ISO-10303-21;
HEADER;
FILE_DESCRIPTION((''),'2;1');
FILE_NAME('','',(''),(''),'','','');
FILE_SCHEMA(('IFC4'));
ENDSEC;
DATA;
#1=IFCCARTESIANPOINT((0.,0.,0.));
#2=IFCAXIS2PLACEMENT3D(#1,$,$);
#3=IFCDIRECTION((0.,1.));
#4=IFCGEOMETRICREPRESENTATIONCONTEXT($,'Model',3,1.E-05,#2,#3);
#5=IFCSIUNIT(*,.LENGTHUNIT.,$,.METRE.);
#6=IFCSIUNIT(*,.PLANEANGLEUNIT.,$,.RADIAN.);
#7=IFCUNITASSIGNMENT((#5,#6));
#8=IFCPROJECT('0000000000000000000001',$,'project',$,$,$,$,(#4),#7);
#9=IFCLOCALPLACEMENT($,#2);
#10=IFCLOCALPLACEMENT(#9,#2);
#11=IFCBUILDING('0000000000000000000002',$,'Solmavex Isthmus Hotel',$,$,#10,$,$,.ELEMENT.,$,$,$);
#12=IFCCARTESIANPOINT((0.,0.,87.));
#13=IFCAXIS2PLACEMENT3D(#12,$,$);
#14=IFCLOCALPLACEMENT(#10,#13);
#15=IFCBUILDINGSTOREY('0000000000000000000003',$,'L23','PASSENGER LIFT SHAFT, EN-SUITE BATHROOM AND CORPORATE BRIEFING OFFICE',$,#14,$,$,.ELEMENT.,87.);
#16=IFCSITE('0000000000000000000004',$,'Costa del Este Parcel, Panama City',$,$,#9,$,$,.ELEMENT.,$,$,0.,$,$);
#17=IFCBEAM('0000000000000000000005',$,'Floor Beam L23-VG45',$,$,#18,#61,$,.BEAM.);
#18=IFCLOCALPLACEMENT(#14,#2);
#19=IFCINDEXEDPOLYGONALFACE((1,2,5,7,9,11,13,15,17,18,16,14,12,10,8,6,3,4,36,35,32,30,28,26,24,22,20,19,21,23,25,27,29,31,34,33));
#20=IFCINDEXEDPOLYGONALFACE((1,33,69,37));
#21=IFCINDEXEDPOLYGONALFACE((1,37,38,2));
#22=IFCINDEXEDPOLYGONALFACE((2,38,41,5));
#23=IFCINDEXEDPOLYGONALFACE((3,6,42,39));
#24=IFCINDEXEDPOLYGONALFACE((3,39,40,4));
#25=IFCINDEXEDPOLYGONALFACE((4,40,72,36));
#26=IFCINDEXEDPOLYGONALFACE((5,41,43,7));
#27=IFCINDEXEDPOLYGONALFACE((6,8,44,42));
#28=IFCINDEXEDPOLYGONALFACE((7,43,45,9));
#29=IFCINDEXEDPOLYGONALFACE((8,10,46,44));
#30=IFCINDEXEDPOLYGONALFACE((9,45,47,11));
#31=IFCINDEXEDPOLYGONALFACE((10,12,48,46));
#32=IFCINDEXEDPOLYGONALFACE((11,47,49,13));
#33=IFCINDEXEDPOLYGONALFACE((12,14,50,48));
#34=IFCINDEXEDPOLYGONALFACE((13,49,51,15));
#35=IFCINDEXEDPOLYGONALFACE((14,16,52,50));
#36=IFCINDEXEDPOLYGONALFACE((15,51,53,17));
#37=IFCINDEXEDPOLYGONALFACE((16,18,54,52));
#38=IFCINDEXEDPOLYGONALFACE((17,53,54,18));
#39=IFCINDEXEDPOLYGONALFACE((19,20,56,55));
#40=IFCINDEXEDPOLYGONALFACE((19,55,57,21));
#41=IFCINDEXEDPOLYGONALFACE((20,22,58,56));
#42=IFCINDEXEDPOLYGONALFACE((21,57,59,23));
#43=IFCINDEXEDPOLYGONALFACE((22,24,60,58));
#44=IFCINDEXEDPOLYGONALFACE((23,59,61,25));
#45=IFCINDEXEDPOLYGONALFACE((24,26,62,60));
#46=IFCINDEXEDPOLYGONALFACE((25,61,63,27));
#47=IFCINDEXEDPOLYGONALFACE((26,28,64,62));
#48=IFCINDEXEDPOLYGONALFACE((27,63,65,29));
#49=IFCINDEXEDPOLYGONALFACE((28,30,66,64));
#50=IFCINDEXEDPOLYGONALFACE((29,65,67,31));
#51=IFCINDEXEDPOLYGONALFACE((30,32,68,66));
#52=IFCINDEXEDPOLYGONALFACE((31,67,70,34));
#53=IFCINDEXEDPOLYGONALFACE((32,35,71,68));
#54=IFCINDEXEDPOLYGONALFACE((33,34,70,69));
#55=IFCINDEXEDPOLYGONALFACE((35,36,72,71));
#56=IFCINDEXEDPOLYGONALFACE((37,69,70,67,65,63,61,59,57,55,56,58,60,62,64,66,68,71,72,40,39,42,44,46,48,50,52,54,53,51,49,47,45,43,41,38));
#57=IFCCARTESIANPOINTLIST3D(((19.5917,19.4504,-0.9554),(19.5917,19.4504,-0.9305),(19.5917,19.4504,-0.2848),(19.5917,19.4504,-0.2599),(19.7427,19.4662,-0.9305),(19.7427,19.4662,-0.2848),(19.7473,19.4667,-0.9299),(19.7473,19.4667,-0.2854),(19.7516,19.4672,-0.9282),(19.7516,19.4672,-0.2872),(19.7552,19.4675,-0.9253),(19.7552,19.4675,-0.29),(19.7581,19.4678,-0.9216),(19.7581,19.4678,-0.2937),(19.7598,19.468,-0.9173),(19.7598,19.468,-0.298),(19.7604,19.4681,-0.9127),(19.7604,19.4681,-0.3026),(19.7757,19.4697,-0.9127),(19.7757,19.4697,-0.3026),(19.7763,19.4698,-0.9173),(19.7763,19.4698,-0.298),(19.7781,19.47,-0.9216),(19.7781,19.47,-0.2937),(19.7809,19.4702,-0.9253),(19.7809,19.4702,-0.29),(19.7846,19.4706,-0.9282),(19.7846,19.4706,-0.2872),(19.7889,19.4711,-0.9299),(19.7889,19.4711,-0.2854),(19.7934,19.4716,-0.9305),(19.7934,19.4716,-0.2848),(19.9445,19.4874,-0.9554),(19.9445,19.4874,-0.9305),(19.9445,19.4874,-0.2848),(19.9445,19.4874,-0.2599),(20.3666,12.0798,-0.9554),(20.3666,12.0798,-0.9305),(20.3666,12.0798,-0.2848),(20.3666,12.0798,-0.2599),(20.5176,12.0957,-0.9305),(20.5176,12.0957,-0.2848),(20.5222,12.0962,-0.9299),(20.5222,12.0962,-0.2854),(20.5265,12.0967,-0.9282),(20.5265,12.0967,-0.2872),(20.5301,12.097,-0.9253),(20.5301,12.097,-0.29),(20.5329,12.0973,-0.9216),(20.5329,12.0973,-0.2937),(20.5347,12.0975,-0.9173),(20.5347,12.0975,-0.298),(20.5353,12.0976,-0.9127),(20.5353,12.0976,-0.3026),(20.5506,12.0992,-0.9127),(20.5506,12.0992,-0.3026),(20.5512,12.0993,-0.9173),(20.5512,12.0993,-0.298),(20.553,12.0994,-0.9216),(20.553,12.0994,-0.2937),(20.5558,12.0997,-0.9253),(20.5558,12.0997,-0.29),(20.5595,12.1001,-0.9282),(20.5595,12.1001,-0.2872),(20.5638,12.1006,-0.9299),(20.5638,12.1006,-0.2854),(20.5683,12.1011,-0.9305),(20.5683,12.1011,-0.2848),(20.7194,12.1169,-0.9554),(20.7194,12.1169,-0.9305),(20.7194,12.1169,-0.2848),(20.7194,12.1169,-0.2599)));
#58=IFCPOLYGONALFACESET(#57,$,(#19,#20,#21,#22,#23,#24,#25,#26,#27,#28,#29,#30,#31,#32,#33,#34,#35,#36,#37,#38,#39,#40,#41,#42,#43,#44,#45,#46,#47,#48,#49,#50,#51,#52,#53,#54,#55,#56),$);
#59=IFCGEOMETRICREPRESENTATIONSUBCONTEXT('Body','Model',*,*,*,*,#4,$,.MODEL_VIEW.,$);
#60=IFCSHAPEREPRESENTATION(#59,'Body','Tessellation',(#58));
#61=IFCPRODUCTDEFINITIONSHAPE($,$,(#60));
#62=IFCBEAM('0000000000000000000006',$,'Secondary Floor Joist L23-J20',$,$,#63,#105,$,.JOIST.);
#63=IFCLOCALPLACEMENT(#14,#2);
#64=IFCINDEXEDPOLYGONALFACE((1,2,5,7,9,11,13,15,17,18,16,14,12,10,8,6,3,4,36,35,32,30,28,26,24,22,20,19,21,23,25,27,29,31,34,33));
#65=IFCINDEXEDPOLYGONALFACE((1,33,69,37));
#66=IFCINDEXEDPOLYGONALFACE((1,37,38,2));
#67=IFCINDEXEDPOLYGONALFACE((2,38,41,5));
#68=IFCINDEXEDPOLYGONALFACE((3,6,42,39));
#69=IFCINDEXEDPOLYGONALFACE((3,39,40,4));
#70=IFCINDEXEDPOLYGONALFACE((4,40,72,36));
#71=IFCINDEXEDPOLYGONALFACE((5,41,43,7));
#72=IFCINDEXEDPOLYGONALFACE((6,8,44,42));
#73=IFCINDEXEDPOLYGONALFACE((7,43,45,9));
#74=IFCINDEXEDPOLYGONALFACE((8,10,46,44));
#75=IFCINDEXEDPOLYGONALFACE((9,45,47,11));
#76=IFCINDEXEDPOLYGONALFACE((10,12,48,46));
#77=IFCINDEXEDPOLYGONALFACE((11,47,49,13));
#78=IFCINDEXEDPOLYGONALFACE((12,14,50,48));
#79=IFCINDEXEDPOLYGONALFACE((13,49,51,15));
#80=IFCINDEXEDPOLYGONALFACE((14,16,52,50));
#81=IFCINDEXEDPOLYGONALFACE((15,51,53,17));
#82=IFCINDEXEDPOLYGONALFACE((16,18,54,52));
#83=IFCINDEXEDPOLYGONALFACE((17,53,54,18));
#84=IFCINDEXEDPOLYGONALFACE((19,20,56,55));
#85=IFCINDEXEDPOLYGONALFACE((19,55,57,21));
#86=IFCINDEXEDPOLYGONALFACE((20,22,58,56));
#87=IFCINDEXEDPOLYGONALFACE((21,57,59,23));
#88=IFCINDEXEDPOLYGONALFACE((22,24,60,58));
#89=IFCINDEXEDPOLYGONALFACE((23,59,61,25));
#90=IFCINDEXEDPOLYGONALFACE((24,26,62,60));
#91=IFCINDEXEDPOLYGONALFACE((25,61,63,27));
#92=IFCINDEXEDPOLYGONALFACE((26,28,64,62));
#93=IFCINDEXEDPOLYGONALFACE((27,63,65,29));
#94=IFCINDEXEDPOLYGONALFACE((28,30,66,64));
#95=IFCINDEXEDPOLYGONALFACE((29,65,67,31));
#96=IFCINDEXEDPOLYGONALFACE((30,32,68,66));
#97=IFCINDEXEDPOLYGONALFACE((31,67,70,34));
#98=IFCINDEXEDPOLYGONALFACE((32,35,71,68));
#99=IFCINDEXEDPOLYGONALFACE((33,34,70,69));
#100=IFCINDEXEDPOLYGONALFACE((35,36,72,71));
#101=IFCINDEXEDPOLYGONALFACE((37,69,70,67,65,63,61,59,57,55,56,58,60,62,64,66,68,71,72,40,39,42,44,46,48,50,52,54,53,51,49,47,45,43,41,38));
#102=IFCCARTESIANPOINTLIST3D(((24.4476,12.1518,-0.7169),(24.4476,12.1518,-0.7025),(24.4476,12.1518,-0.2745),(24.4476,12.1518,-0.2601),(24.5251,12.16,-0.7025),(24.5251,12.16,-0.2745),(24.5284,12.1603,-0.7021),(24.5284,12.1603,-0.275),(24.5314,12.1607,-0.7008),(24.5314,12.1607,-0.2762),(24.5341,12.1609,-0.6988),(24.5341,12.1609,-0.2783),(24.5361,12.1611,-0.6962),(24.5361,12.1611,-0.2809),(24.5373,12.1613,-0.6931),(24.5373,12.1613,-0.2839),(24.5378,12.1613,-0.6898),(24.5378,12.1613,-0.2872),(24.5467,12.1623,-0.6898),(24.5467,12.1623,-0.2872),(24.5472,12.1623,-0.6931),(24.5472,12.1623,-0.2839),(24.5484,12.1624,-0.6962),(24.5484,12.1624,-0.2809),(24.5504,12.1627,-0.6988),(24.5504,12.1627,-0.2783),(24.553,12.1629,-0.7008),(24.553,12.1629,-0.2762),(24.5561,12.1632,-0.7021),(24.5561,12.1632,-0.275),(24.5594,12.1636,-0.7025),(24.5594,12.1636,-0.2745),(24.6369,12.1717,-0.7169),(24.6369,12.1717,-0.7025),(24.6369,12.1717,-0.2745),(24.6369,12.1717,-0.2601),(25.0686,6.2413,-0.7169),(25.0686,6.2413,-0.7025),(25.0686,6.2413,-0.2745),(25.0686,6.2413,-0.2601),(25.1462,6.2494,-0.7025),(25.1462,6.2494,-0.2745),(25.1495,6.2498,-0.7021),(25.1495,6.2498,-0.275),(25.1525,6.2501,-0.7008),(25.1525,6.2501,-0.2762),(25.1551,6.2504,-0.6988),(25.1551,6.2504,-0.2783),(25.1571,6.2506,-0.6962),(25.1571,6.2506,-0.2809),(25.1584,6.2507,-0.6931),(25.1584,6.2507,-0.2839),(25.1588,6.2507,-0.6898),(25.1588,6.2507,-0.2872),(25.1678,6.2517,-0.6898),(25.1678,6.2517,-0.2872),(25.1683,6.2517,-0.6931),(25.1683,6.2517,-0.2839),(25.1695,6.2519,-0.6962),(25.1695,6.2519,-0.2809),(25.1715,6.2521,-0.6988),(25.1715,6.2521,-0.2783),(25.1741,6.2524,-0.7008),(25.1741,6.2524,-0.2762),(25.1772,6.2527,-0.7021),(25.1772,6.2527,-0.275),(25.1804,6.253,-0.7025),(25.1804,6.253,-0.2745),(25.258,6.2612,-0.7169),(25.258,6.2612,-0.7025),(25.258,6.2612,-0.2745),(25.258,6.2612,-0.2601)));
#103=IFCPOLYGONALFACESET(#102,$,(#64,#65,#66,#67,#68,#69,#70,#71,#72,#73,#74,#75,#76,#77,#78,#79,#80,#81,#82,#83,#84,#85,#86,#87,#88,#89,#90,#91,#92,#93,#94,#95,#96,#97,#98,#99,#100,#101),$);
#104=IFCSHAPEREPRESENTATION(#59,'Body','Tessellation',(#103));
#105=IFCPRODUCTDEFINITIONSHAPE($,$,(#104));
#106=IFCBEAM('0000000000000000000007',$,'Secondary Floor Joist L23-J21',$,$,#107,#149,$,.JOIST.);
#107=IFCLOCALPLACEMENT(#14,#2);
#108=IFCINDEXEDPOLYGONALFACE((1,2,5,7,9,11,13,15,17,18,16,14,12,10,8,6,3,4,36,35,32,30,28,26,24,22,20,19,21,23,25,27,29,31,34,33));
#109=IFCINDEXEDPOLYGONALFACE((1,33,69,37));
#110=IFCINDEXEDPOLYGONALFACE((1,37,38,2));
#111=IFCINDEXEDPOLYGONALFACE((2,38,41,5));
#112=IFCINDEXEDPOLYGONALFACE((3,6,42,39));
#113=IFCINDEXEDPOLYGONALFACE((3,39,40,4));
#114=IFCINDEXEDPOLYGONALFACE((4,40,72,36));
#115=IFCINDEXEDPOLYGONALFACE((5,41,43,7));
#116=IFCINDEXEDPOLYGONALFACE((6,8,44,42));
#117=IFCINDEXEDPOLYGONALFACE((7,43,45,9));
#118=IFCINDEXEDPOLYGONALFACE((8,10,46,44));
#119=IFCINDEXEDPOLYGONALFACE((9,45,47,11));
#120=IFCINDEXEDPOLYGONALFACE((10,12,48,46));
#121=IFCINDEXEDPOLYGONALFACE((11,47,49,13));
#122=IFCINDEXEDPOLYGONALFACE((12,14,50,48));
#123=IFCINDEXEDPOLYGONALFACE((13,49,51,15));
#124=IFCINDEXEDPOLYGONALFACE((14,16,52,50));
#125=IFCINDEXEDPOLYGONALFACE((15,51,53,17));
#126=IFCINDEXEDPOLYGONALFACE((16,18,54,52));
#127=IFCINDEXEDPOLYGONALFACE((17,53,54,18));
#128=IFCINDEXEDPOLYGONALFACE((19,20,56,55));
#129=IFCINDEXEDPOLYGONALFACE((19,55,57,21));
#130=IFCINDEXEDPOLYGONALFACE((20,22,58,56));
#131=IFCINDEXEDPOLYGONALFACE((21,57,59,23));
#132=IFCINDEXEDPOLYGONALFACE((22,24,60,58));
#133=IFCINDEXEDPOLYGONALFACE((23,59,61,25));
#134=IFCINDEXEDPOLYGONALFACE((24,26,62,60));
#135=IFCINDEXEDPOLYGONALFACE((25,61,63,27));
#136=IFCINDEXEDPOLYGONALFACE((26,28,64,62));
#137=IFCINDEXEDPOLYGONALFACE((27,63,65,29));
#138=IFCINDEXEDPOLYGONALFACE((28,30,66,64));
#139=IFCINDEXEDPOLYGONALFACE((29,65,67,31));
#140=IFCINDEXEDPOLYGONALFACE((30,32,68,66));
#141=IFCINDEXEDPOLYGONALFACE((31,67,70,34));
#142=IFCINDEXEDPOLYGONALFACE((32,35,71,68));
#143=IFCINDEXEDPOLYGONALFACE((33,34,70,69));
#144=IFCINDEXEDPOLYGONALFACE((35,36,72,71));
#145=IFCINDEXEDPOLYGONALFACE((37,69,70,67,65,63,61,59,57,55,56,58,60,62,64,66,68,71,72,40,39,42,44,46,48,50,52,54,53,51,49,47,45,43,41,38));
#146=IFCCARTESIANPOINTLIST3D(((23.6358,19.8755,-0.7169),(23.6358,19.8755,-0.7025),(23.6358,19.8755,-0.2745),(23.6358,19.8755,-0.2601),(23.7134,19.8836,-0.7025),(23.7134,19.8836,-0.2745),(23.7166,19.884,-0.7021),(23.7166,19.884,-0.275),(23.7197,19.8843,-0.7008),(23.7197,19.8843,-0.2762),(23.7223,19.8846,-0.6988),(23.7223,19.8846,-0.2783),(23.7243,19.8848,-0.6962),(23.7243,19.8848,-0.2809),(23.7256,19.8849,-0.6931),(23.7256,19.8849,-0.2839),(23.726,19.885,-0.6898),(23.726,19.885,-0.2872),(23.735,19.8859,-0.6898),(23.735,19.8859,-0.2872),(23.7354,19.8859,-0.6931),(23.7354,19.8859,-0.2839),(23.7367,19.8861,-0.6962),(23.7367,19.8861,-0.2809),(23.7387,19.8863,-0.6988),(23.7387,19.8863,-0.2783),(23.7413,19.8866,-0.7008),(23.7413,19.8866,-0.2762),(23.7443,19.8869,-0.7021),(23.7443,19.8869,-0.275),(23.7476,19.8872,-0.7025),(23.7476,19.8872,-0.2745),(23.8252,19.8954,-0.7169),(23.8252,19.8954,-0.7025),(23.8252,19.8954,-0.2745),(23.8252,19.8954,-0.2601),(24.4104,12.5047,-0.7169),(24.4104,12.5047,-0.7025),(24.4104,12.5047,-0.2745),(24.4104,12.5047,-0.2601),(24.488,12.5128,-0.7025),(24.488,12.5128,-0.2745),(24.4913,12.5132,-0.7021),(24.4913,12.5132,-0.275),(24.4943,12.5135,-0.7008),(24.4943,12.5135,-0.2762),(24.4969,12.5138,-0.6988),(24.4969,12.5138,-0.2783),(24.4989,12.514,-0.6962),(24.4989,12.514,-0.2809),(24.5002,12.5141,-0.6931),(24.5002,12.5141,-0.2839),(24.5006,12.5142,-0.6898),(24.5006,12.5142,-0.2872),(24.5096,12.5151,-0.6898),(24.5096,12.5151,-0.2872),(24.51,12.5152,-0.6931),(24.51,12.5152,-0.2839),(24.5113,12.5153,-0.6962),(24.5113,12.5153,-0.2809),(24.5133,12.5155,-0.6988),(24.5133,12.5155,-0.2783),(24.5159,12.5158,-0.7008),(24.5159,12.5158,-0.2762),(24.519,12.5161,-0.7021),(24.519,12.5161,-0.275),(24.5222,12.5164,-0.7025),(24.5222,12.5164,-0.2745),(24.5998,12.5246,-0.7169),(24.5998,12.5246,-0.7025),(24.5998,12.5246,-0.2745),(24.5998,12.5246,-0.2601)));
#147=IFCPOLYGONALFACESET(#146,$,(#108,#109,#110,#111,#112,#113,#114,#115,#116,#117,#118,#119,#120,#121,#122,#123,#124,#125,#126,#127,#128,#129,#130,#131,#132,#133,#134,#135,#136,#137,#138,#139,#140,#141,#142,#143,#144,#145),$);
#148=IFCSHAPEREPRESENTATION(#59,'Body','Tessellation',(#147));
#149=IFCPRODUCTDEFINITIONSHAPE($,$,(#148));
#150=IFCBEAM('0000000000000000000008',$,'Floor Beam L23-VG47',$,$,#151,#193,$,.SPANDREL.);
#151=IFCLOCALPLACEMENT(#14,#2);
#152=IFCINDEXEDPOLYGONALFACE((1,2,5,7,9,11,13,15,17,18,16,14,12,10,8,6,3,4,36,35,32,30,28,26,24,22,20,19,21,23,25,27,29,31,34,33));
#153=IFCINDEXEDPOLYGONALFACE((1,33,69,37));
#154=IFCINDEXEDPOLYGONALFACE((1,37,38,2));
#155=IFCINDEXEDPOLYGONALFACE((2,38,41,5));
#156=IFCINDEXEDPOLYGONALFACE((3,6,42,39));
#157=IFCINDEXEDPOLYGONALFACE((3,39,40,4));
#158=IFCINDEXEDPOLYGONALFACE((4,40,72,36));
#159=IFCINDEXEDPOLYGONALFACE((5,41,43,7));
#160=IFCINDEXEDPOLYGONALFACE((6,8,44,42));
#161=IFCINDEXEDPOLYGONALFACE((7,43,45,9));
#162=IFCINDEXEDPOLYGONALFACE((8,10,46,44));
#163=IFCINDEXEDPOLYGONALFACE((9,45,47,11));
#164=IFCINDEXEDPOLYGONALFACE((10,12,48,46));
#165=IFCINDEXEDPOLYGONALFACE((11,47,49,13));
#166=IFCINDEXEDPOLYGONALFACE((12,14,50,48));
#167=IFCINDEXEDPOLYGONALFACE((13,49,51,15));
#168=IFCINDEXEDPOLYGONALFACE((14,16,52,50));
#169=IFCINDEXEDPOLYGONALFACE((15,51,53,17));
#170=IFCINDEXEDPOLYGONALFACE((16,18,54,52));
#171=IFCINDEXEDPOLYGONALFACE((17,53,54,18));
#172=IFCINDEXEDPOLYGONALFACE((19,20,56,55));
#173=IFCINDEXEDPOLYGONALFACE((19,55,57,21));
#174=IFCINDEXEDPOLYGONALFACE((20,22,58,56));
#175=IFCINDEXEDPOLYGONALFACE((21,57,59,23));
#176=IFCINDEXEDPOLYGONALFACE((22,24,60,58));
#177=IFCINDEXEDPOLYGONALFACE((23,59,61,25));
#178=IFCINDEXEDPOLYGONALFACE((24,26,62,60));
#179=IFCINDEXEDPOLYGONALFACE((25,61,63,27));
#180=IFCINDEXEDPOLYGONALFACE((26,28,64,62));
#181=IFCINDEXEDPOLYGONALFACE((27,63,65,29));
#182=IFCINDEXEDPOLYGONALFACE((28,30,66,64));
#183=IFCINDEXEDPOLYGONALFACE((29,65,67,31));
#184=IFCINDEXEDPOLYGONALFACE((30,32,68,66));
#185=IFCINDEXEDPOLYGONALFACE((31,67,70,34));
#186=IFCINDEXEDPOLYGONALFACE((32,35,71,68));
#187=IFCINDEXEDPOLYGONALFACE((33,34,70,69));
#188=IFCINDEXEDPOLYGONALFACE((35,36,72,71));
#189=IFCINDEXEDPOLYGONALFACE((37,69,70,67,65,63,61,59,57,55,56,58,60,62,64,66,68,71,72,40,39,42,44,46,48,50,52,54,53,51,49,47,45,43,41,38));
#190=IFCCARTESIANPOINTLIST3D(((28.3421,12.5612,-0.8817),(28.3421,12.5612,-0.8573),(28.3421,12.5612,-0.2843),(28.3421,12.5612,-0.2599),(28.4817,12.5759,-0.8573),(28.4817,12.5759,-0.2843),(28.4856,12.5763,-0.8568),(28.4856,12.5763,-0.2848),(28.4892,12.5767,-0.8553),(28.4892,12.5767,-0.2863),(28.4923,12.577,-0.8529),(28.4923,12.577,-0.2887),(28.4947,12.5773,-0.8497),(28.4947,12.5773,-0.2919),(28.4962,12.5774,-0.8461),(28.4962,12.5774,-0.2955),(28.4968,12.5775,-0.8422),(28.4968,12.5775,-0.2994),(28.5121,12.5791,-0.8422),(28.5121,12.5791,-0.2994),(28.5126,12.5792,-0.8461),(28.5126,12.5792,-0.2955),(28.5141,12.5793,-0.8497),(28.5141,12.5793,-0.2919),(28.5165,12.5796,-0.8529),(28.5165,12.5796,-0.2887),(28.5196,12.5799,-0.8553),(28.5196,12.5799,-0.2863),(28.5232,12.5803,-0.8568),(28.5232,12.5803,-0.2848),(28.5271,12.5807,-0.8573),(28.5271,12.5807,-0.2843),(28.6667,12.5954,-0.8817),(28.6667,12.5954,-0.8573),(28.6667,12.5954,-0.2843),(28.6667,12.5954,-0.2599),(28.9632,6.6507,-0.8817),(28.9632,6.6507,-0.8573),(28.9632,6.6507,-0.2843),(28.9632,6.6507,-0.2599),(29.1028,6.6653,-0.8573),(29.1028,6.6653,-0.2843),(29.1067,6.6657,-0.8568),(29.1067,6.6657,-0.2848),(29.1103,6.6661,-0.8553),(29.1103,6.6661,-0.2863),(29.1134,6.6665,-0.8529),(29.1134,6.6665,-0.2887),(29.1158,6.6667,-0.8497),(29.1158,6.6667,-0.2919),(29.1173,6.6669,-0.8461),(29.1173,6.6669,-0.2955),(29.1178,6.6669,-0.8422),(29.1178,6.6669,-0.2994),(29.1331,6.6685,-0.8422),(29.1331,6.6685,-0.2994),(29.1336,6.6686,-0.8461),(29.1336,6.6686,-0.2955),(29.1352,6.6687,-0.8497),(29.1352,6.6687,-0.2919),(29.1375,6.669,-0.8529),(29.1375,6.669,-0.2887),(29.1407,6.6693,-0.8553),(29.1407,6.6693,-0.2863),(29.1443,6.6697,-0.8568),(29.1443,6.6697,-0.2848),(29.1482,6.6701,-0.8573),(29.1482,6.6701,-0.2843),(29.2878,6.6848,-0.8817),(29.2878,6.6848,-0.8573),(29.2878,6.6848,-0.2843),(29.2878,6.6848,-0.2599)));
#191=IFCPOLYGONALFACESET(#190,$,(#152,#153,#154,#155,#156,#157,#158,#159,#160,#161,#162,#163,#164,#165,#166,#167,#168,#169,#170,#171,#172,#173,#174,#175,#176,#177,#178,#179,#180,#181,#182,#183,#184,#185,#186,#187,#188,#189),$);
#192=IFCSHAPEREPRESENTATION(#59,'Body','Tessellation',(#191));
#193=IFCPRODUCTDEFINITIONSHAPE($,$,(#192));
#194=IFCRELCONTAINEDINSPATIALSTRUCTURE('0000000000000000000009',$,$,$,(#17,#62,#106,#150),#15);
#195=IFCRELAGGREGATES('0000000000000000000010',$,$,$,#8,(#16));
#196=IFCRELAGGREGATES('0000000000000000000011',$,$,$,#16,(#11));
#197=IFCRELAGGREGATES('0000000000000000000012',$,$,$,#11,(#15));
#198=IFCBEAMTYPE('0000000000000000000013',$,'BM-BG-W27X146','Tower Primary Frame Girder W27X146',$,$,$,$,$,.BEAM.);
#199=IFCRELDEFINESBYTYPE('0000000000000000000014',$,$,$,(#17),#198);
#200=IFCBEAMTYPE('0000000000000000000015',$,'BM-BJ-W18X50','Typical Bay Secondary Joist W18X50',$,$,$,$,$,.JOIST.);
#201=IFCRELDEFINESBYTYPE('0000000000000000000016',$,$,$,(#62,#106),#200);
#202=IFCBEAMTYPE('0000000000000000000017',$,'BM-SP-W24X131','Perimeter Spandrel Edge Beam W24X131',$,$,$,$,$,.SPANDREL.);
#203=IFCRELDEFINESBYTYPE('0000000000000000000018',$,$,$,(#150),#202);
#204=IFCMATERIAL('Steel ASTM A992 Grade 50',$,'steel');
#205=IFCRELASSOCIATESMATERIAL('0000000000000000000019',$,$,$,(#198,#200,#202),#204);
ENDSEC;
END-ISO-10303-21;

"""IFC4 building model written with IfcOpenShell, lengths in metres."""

from ifc_helpers import new_model, si_unit, direction, frame, origin, origin_2d, place, context, subcontext, project, spatial, i_section, extrude, material, material_profile, profile_set, type_object, element, save


model = new_model("IFC4")

# Units and contexts
model_context = context("Model", 3, precision=1e-05, world=origin(), true_north=direction((0.0, 1.0)))
body_context = subcontext(model_context, "Body", "Model", "MODEL_VIEW")
ifc_project = project(units=[si_unit("LENGTHUNIT", "METRE"), si_unit("PLANEANGLEUNIT", "RADIAN")], contexts=[model_context])

# Site, building, storey
site_placement = place(None, origin())
site = spatial("IfcSite", under=ifc_project, at=site_placement, Name="Costa del Este Parcel, Panama City", CompositionType="ELEMENT", RefElevation=0.0)
building_placement = place(site_placement, origin())
building = spatial("IfcBuilding", under=site, at=building_placement, Name="Solmavex Isthmus Hotel", CompositionType="ELEMENT")
storey_placement = place(building_placement, frame((0.0, 0.0, 87.0)))
storey = spatial("IfcBuildingStorey", under=building, at=storey_placement, Name="L23", Description="PASSENGER LIFT SHAFT, EN-SUITE BATHROOM AND CORPORATE BRIEFING OFFICE", CompositionType="ELEMENT", Elevation=87.0)

# Beams
ifc_material_1 = material(Name="Steel ASTM A992 Grade 50", Category="steel")
ifc_material_profile_1 = material_profile(ifc_material_1, i_section(OverallWidth=0.3547, OverallDepth=0.6956, WebThickness=0.0154, FlangeThickness=0.0249, FilletRadius=0.0178, at=origin_2d()), Name="W27X146")
ifc_profile_set_1 = profile_set([ifc_material_profile_1], Name="Steel ASTM A992 Grade 50")
beam_type_1 = type_object("IfcBeamType", Name="BM-BG-W27X146", Description="Tower Primary Frame Girder W27X146", PredefinedType="BEAM", material=ifc_profile_set_1)
beam_1_placement = place(storey_placement, frame((20.543, 12.0984, -0.6077), z_axis=(-0.104558, 0.994519, 0.0), x_axis=(-0.994519, -0.104558, 0.0)))
element("IfcBeam", 1, at=beam_1_placement, inside=storey, type_object=beam_type_1, Name="Floor Beam L23-VG45", PredefinedType="BEAM", context=body_context, shape_type="SweptSolid", body=[
    extrude(i_section(OverallWidth=0.3547, OverallDepth=0.6956, WebThickness=0.0154, FlangeThickness=0.0249, FilletRadius=0.0178, at=origin_2d()), origin(), (0.0, 0.0, 1.0), 7.4111),
])
ifc_material_profile_2 = material_profile(ifc_material_1, i_section(OverallWidth=0.1904, OverallDepth=0.4568, WebThickness=0.009, FlangeThickness=0.0144, FilletRadius=0.0127, at=origin_2d()), Name="W18X50")
ifc_profile_set_2 = profile_set([ifc_material_profile_2], Name="Steel ASTM A992 Grade 50")
beam_type_2 = type_object("IfcBeamType", Name="BM-BJ-W18X50", Description="Typical Bay Secondary Joist W18X50", PredefinedType="JOIST", material=ifc_profile_set_2)
beam_2_placement = place(storey_placement, frame((25.1633, 6.2512, -0.4885), z_axis=(-0.104505, 0.994524, 0.0), x_axis=(-0.994524, -0.104505, 0.0)))
element("IfcBeam", 2, at=beam_2_placement, inside=storey, type_object=beam_type_2, Name="Secondary Floor Joist L23-J20", PredefinedType="JOIST", context=body_context, shape_type="SweptSolid", body=[
    extrude(i_section(OverallWidth=0.1904, OverallDepth=0.4568, WebThickness=0.009, FlangeThickness=0.0144, FilletRadius=0.0127, at=origin_2d()), origin(), (0.0, 0.0, 1.0), 5.9431),
])
beam_3_placement = place(storey_placement, frame((24.5051, 12.5146, -0.4885), z_axis=(-0.104522, 0.994523, 0.0), x_axis=(-0.994523, -0.104522, 0.0)))
element("IfcBeam", 3, at=beam_3_placement, inside=storey, type_object=beam_type_2, Name="Secondary Floor Joist L23-J21", PredefinedType="JOIST", context=body_context, shape_type="SweptSolid", body=[
    extrude(i_section(OverallWidth=0.1904, OverallDepth=0.4568, WebThickness=0.009, FlangeThickness=0.0144, FilletRadius=0.0127, at=origin_2d()), origin(), (0.0, 0.0, 1.0), 7.4114),
])
ifc_material_profile_3 = material_profile(ifc_material_1, i_section(OverallWidth=0.3264, OverallDepth=0.6218, WebThickness=0.0154, FlangeThickness=0.0244, FilletRadius=0.0151, at=origin_2d()), Name="W24X131")
ifc_profile_set_3 = profile_set([ifc_material_profile_3], Name="Steel ASTM A992 Grade 50")
beam_type_3 = type_object("IfcBeamType", Name="BM-SP-W24X131", Description="Perimeter Spandrel Edge Beam W24X131", PredefinedType="SPANDREL", material=ifc_profile_set_3)
beam_4_placement = place(storey_placement, frame((29.1255, 6.6677, -0.5708), z_axis=(-0.104505, 0.994524, 0.0), x_axis=(-0.994524, -0.104505, 0.0)))
element("IfcBeam", 4, at=beam_4_placement, inside=storey, type_object=beam_type_3, Name="Floor Beam L23-VG47", PredefinedType="SPANDREL", context=body_context, shape_type="SweptSolid", body=[
    extrude(i_section(OverallWidth=0.3264, OverallDepth=0.6218, WebThickness=0.0154, FlangeThickness=0.0244, FilletRadius=0.0151, at=origin_2d()), origin(), (0.0, 0.0, 1.0), 5.9431),
])

save(model, "model.ifc")
